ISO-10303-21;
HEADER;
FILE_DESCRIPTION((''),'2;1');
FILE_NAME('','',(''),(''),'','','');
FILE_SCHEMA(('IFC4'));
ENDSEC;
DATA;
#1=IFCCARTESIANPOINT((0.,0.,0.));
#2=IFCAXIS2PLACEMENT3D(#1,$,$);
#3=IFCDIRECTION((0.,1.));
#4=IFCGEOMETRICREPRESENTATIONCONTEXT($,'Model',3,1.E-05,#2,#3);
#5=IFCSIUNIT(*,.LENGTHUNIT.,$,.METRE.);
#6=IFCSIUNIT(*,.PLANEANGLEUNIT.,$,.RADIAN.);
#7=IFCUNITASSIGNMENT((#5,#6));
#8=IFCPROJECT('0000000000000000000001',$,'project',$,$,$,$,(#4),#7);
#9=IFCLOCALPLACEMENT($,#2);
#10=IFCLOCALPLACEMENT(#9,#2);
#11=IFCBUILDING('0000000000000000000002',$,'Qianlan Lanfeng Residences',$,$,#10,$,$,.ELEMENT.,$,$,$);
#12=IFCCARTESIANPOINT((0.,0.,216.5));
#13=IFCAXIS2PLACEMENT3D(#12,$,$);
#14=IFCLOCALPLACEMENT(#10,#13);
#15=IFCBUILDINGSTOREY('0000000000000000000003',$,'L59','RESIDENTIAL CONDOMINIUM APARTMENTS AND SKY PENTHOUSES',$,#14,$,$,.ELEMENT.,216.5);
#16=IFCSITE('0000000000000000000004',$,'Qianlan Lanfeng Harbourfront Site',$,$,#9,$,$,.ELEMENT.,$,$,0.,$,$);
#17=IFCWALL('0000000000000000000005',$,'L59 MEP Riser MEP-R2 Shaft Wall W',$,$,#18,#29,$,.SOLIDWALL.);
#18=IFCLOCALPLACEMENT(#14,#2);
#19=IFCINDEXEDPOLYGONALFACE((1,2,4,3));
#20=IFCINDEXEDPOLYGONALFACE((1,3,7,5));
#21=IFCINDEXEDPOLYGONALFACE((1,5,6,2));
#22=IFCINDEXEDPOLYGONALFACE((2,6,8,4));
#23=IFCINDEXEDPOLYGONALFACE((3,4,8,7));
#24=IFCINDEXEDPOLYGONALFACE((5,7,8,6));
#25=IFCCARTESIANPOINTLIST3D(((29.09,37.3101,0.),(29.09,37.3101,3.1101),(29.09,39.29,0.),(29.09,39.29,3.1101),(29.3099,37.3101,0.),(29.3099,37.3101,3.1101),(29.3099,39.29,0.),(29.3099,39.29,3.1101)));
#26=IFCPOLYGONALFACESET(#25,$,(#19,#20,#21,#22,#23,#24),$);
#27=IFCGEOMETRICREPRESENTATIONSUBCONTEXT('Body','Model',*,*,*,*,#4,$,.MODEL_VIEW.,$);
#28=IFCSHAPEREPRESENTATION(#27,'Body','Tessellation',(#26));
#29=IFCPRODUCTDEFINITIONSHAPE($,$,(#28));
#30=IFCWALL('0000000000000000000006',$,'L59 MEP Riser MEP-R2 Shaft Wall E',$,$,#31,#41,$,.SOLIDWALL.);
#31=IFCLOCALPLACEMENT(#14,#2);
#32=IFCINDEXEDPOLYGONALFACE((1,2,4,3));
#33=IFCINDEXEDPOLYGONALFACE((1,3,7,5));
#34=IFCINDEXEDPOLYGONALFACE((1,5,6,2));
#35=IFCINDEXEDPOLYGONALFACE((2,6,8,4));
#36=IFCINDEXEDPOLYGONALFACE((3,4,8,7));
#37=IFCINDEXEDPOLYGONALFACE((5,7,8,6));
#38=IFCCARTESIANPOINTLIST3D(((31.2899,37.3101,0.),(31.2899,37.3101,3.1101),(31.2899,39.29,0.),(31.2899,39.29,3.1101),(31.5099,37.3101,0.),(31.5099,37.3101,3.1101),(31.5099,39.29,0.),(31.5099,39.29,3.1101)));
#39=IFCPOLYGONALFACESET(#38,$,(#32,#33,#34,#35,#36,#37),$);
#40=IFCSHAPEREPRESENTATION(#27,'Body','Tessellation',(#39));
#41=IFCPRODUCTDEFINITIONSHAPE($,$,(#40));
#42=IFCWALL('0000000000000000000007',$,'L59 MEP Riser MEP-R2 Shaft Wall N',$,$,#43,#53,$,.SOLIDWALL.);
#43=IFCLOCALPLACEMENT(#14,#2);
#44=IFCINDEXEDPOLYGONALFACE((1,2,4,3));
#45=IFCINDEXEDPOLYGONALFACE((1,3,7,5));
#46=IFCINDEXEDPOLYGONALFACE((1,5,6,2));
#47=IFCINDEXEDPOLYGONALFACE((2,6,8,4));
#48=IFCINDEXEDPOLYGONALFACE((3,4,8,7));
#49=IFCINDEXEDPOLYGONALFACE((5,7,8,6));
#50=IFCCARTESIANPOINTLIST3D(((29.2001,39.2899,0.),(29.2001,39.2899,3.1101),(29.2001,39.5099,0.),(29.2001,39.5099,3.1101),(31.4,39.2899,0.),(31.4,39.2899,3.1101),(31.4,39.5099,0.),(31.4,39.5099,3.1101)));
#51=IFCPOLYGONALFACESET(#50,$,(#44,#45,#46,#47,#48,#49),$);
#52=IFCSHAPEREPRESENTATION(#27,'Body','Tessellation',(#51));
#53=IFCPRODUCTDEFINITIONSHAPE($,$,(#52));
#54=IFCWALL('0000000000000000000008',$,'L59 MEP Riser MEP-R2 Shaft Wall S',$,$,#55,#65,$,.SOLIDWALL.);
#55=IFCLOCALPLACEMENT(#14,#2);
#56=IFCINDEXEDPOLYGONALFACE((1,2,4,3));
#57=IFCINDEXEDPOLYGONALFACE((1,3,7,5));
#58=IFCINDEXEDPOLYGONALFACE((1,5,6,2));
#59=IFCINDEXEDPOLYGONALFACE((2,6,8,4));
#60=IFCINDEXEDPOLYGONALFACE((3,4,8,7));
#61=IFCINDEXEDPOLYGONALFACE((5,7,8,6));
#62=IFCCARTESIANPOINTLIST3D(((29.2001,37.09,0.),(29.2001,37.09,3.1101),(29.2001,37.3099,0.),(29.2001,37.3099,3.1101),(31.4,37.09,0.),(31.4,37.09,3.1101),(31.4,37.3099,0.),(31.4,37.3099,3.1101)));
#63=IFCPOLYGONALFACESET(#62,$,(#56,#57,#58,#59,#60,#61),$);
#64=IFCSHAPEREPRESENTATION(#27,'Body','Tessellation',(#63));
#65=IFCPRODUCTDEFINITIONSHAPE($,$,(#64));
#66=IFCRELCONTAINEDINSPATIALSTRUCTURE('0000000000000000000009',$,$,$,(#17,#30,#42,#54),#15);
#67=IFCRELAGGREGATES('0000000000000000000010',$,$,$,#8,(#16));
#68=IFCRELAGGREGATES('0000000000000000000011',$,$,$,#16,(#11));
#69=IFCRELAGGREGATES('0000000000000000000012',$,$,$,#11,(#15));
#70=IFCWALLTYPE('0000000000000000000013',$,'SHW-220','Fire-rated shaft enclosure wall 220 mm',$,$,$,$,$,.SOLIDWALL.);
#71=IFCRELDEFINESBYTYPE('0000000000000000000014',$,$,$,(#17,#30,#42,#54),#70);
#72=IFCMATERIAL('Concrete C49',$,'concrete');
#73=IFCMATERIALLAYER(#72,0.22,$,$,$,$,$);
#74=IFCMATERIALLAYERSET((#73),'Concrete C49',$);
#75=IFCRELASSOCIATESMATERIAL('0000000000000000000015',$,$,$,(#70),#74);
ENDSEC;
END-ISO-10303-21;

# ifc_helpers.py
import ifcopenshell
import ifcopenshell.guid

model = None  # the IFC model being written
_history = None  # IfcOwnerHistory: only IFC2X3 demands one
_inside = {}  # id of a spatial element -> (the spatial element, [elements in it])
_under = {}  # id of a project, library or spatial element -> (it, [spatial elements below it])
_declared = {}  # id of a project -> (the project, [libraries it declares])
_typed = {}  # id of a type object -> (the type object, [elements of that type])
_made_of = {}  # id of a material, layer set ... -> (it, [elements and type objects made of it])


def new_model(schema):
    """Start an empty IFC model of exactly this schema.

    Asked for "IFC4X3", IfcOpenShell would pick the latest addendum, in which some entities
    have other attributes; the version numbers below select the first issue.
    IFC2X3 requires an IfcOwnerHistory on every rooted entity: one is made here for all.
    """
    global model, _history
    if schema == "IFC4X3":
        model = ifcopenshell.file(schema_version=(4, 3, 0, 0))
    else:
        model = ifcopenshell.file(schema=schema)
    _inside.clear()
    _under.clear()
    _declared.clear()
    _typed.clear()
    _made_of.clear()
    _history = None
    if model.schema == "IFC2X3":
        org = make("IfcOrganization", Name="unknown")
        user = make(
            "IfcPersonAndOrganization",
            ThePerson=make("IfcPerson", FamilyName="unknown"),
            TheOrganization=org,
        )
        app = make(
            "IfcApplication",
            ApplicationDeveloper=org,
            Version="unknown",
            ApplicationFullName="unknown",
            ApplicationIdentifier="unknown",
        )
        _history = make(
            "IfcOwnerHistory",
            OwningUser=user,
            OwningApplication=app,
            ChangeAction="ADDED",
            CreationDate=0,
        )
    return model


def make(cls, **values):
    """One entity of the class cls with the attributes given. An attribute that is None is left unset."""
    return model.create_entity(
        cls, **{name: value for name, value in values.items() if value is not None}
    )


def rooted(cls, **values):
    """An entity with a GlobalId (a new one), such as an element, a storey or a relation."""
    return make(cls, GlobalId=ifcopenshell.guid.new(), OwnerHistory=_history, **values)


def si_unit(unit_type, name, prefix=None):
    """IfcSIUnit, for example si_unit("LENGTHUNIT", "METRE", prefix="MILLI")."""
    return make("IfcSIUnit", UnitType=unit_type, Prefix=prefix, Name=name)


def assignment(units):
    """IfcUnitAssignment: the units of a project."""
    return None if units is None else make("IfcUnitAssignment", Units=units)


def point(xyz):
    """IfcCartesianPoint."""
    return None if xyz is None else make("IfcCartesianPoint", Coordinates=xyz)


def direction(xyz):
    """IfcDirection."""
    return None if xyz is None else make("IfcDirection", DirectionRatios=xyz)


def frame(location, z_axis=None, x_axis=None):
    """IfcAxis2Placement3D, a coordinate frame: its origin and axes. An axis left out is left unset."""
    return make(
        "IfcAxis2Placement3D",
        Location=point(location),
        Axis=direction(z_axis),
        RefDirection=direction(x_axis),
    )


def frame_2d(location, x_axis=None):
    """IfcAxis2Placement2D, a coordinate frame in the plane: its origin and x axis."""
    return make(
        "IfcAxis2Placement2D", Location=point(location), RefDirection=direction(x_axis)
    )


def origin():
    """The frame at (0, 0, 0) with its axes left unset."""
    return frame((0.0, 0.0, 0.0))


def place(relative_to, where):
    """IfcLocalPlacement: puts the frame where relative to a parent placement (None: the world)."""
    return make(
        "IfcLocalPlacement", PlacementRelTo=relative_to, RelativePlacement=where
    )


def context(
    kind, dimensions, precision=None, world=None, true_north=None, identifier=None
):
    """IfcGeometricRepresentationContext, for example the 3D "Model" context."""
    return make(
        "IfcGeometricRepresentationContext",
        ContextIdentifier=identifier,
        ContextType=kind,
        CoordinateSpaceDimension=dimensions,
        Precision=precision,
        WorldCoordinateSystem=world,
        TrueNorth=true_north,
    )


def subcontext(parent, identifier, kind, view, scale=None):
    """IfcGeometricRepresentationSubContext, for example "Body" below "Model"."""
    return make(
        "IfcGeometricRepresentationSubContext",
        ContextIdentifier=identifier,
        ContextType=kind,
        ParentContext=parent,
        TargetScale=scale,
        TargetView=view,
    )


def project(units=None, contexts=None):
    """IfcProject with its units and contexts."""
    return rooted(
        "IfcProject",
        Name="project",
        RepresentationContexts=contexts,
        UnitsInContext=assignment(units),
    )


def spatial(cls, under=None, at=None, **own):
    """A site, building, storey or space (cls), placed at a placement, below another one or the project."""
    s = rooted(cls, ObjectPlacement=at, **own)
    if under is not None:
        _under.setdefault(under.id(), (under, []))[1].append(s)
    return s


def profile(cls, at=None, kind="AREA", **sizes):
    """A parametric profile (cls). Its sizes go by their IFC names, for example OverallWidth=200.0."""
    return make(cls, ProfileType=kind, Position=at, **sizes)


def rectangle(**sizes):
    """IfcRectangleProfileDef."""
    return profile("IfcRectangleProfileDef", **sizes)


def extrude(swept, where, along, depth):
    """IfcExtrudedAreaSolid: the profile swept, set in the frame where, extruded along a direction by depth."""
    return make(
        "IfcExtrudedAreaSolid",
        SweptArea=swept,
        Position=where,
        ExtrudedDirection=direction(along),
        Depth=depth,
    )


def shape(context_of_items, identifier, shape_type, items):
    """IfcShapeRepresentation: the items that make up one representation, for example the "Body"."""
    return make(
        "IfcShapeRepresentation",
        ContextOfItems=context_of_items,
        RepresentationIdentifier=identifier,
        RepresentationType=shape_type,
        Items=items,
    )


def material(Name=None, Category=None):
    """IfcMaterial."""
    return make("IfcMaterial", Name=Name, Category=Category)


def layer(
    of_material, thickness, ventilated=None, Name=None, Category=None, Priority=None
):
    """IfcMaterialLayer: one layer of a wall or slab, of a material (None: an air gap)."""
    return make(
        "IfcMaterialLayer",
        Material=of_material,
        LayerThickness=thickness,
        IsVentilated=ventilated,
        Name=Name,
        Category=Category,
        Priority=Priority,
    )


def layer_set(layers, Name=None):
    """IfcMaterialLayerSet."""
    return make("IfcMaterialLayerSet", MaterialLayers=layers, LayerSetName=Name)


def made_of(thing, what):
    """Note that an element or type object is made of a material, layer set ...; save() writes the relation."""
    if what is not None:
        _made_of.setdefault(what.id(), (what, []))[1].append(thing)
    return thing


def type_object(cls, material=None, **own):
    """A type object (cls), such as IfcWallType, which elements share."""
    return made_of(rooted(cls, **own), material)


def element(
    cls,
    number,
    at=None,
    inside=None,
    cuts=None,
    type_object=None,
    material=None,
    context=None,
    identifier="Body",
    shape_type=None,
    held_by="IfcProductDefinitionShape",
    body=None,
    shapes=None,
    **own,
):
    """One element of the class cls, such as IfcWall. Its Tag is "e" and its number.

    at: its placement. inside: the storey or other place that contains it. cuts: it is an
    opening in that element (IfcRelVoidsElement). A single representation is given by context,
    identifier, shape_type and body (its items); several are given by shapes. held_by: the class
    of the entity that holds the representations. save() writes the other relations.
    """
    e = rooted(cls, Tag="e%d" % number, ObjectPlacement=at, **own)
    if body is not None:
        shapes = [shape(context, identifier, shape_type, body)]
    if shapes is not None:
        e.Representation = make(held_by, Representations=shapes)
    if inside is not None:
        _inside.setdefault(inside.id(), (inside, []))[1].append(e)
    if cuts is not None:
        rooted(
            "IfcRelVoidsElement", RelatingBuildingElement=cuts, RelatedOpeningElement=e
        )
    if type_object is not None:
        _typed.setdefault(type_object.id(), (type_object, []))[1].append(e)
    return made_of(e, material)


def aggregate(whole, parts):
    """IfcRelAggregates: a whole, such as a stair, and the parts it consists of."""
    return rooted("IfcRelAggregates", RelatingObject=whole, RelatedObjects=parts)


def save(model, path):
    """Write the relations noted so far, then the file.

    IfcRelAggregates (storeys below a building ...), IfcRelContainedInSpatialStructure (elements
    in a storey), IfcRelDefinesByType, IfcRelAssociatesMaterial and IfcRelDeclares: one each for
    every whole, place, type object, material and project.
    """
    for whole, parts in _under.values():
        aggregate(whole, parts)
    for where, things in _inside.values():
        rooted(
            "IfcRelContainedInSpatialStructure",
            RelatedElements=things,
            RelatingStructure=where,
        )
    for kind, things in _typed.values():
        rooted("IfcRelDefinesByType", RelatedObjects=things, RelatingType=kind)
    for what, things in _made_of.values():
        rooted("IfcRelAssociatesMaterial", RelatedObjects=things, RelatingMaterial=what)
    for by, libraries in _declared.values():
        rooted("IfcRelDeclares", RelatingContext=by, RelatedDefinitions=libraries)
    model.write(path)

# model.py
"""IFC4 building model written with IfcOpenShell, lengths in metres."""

from ifc_helpers import new_model, si_unit, direction, frame, frame_2d, origin, place, context, subcontext, project, spatial, rectangle, extrude, material, layer, layer_set, type_object, element, save


model = new_model("IFC4")

# Units and contexts
model_context = context("Model", 3, precision=1e-05, world=origin(), true_north=direction((0.0, 1.0)))
body_context = subcontext(model_context, "Body", "Model", "MODEL_VIEW")
ifc_project = project(units=[si_unit("LENGTHUNIT", "METRE"), si_unit("PLANEANGLEUNIT", "RADIAN")], contexts=[model_context])

# Site, building, storey
site_placement = place(None, origin())
site = spatial("IfcSite", under=ifc_project, at=site_placement, Name="Qianlan Lanfeng Harbourfront Site", CompositionType="ELEMENT", RefElevation=0.0)
building_placement = place(site_placement, origin())
building = spatial("IfcBuilding", under=site, at=building_placement, Name="Qianlan Lanfeng Residences", CompositionType="ELEMENT")
storey_placement = place(building_placement, frame((0.0, 0.0, 216.5)))
storey = spatial("IfcBuildingStorey", under=building, at=storey_placement, Name="L59", Description="RESIDENTIAL CONDOMINIUM APARTMENTS AND SKY PENTHOUSES", CompositionType="ELEMENT", Elevation=216.5)

# Walls
ifc_material_1 = material(Name="Concrete C49", Category="concrete")
ifc_layer_1 = layer(ifc_material_1, 0.22)
ifc_layer_set_1 = layer_set([ifc_layer_1], Name="Concrete C49")
wall_type_1 = type_object("IfcWallType", Name="SHW-220", Description="Fire-rated shaft enclosure wall 220 mm", PredefinedType="SOLIDWALL", material=ifc_layer_set_1)
for number, where, z_axis, x_axis, name in (
    (1, (29.2, 37.3101, 0.0), (0.0, 0.0, 1.0), (0.0, 1.0, 0.0), "L59 MEP Riser MEP-R2 Shaft Wall W"),
    (2, (31.3999, 37.3101, 0.0), (0.0, 0.0, 1.0), (0.0, 1.0, 0.0), "L59 MEP Riser MEP-R2 Shaft Wall E"),
):
    element("IfcWall", number, at=place(storey_placement, frame(where, z_axis=z_axis, x_axis=x_axis)), inside=storey, type_object=wall_type_1, Name=name, PredefinedType="SOLIDWALL", context=body_context, shape_type="SweptSolid", body=[
        extrude(rectangle(XDim=1.98, YDim=0.22, at=frame_2d((0.99, 0.0))), origin(), (0.0, 0.0, 1.0), 3.1101),
    ])
for number, where, z_axis, x_axis, name in (
    (3, (29.2, 39.3999, 0.0), (0.0, 0.0, 1.0), (1.0, 0.0, 0.0), "L59 MEP Riser MEP-R2 Shaft Wall N"),
    (4, (29.2, 37.2, 0.0), (0.0, 0.0, 1.0), (1.0, 0.0, 0.0), "L59 MEP Riser MEP-R2 Shaft Wall S"),
):
    element("IfcWall", number, at=place(storey_placement, frame(where, z_axis=z_axis, x_axis=x_axis)), inside=storey, type_object=wall_type_1, Name=name, PredefinedType="SOLIDWALL", context=body_context, shape_type="SweptSolid", body=[
        extrude(rectangle(XDim=2.2, YDim=0.22, at=frame_2d((1.1001, 0.0))), origin(), (0.0, 0.0, 1.0), 3.1101),
    ])

save(model, "model.ifc")
